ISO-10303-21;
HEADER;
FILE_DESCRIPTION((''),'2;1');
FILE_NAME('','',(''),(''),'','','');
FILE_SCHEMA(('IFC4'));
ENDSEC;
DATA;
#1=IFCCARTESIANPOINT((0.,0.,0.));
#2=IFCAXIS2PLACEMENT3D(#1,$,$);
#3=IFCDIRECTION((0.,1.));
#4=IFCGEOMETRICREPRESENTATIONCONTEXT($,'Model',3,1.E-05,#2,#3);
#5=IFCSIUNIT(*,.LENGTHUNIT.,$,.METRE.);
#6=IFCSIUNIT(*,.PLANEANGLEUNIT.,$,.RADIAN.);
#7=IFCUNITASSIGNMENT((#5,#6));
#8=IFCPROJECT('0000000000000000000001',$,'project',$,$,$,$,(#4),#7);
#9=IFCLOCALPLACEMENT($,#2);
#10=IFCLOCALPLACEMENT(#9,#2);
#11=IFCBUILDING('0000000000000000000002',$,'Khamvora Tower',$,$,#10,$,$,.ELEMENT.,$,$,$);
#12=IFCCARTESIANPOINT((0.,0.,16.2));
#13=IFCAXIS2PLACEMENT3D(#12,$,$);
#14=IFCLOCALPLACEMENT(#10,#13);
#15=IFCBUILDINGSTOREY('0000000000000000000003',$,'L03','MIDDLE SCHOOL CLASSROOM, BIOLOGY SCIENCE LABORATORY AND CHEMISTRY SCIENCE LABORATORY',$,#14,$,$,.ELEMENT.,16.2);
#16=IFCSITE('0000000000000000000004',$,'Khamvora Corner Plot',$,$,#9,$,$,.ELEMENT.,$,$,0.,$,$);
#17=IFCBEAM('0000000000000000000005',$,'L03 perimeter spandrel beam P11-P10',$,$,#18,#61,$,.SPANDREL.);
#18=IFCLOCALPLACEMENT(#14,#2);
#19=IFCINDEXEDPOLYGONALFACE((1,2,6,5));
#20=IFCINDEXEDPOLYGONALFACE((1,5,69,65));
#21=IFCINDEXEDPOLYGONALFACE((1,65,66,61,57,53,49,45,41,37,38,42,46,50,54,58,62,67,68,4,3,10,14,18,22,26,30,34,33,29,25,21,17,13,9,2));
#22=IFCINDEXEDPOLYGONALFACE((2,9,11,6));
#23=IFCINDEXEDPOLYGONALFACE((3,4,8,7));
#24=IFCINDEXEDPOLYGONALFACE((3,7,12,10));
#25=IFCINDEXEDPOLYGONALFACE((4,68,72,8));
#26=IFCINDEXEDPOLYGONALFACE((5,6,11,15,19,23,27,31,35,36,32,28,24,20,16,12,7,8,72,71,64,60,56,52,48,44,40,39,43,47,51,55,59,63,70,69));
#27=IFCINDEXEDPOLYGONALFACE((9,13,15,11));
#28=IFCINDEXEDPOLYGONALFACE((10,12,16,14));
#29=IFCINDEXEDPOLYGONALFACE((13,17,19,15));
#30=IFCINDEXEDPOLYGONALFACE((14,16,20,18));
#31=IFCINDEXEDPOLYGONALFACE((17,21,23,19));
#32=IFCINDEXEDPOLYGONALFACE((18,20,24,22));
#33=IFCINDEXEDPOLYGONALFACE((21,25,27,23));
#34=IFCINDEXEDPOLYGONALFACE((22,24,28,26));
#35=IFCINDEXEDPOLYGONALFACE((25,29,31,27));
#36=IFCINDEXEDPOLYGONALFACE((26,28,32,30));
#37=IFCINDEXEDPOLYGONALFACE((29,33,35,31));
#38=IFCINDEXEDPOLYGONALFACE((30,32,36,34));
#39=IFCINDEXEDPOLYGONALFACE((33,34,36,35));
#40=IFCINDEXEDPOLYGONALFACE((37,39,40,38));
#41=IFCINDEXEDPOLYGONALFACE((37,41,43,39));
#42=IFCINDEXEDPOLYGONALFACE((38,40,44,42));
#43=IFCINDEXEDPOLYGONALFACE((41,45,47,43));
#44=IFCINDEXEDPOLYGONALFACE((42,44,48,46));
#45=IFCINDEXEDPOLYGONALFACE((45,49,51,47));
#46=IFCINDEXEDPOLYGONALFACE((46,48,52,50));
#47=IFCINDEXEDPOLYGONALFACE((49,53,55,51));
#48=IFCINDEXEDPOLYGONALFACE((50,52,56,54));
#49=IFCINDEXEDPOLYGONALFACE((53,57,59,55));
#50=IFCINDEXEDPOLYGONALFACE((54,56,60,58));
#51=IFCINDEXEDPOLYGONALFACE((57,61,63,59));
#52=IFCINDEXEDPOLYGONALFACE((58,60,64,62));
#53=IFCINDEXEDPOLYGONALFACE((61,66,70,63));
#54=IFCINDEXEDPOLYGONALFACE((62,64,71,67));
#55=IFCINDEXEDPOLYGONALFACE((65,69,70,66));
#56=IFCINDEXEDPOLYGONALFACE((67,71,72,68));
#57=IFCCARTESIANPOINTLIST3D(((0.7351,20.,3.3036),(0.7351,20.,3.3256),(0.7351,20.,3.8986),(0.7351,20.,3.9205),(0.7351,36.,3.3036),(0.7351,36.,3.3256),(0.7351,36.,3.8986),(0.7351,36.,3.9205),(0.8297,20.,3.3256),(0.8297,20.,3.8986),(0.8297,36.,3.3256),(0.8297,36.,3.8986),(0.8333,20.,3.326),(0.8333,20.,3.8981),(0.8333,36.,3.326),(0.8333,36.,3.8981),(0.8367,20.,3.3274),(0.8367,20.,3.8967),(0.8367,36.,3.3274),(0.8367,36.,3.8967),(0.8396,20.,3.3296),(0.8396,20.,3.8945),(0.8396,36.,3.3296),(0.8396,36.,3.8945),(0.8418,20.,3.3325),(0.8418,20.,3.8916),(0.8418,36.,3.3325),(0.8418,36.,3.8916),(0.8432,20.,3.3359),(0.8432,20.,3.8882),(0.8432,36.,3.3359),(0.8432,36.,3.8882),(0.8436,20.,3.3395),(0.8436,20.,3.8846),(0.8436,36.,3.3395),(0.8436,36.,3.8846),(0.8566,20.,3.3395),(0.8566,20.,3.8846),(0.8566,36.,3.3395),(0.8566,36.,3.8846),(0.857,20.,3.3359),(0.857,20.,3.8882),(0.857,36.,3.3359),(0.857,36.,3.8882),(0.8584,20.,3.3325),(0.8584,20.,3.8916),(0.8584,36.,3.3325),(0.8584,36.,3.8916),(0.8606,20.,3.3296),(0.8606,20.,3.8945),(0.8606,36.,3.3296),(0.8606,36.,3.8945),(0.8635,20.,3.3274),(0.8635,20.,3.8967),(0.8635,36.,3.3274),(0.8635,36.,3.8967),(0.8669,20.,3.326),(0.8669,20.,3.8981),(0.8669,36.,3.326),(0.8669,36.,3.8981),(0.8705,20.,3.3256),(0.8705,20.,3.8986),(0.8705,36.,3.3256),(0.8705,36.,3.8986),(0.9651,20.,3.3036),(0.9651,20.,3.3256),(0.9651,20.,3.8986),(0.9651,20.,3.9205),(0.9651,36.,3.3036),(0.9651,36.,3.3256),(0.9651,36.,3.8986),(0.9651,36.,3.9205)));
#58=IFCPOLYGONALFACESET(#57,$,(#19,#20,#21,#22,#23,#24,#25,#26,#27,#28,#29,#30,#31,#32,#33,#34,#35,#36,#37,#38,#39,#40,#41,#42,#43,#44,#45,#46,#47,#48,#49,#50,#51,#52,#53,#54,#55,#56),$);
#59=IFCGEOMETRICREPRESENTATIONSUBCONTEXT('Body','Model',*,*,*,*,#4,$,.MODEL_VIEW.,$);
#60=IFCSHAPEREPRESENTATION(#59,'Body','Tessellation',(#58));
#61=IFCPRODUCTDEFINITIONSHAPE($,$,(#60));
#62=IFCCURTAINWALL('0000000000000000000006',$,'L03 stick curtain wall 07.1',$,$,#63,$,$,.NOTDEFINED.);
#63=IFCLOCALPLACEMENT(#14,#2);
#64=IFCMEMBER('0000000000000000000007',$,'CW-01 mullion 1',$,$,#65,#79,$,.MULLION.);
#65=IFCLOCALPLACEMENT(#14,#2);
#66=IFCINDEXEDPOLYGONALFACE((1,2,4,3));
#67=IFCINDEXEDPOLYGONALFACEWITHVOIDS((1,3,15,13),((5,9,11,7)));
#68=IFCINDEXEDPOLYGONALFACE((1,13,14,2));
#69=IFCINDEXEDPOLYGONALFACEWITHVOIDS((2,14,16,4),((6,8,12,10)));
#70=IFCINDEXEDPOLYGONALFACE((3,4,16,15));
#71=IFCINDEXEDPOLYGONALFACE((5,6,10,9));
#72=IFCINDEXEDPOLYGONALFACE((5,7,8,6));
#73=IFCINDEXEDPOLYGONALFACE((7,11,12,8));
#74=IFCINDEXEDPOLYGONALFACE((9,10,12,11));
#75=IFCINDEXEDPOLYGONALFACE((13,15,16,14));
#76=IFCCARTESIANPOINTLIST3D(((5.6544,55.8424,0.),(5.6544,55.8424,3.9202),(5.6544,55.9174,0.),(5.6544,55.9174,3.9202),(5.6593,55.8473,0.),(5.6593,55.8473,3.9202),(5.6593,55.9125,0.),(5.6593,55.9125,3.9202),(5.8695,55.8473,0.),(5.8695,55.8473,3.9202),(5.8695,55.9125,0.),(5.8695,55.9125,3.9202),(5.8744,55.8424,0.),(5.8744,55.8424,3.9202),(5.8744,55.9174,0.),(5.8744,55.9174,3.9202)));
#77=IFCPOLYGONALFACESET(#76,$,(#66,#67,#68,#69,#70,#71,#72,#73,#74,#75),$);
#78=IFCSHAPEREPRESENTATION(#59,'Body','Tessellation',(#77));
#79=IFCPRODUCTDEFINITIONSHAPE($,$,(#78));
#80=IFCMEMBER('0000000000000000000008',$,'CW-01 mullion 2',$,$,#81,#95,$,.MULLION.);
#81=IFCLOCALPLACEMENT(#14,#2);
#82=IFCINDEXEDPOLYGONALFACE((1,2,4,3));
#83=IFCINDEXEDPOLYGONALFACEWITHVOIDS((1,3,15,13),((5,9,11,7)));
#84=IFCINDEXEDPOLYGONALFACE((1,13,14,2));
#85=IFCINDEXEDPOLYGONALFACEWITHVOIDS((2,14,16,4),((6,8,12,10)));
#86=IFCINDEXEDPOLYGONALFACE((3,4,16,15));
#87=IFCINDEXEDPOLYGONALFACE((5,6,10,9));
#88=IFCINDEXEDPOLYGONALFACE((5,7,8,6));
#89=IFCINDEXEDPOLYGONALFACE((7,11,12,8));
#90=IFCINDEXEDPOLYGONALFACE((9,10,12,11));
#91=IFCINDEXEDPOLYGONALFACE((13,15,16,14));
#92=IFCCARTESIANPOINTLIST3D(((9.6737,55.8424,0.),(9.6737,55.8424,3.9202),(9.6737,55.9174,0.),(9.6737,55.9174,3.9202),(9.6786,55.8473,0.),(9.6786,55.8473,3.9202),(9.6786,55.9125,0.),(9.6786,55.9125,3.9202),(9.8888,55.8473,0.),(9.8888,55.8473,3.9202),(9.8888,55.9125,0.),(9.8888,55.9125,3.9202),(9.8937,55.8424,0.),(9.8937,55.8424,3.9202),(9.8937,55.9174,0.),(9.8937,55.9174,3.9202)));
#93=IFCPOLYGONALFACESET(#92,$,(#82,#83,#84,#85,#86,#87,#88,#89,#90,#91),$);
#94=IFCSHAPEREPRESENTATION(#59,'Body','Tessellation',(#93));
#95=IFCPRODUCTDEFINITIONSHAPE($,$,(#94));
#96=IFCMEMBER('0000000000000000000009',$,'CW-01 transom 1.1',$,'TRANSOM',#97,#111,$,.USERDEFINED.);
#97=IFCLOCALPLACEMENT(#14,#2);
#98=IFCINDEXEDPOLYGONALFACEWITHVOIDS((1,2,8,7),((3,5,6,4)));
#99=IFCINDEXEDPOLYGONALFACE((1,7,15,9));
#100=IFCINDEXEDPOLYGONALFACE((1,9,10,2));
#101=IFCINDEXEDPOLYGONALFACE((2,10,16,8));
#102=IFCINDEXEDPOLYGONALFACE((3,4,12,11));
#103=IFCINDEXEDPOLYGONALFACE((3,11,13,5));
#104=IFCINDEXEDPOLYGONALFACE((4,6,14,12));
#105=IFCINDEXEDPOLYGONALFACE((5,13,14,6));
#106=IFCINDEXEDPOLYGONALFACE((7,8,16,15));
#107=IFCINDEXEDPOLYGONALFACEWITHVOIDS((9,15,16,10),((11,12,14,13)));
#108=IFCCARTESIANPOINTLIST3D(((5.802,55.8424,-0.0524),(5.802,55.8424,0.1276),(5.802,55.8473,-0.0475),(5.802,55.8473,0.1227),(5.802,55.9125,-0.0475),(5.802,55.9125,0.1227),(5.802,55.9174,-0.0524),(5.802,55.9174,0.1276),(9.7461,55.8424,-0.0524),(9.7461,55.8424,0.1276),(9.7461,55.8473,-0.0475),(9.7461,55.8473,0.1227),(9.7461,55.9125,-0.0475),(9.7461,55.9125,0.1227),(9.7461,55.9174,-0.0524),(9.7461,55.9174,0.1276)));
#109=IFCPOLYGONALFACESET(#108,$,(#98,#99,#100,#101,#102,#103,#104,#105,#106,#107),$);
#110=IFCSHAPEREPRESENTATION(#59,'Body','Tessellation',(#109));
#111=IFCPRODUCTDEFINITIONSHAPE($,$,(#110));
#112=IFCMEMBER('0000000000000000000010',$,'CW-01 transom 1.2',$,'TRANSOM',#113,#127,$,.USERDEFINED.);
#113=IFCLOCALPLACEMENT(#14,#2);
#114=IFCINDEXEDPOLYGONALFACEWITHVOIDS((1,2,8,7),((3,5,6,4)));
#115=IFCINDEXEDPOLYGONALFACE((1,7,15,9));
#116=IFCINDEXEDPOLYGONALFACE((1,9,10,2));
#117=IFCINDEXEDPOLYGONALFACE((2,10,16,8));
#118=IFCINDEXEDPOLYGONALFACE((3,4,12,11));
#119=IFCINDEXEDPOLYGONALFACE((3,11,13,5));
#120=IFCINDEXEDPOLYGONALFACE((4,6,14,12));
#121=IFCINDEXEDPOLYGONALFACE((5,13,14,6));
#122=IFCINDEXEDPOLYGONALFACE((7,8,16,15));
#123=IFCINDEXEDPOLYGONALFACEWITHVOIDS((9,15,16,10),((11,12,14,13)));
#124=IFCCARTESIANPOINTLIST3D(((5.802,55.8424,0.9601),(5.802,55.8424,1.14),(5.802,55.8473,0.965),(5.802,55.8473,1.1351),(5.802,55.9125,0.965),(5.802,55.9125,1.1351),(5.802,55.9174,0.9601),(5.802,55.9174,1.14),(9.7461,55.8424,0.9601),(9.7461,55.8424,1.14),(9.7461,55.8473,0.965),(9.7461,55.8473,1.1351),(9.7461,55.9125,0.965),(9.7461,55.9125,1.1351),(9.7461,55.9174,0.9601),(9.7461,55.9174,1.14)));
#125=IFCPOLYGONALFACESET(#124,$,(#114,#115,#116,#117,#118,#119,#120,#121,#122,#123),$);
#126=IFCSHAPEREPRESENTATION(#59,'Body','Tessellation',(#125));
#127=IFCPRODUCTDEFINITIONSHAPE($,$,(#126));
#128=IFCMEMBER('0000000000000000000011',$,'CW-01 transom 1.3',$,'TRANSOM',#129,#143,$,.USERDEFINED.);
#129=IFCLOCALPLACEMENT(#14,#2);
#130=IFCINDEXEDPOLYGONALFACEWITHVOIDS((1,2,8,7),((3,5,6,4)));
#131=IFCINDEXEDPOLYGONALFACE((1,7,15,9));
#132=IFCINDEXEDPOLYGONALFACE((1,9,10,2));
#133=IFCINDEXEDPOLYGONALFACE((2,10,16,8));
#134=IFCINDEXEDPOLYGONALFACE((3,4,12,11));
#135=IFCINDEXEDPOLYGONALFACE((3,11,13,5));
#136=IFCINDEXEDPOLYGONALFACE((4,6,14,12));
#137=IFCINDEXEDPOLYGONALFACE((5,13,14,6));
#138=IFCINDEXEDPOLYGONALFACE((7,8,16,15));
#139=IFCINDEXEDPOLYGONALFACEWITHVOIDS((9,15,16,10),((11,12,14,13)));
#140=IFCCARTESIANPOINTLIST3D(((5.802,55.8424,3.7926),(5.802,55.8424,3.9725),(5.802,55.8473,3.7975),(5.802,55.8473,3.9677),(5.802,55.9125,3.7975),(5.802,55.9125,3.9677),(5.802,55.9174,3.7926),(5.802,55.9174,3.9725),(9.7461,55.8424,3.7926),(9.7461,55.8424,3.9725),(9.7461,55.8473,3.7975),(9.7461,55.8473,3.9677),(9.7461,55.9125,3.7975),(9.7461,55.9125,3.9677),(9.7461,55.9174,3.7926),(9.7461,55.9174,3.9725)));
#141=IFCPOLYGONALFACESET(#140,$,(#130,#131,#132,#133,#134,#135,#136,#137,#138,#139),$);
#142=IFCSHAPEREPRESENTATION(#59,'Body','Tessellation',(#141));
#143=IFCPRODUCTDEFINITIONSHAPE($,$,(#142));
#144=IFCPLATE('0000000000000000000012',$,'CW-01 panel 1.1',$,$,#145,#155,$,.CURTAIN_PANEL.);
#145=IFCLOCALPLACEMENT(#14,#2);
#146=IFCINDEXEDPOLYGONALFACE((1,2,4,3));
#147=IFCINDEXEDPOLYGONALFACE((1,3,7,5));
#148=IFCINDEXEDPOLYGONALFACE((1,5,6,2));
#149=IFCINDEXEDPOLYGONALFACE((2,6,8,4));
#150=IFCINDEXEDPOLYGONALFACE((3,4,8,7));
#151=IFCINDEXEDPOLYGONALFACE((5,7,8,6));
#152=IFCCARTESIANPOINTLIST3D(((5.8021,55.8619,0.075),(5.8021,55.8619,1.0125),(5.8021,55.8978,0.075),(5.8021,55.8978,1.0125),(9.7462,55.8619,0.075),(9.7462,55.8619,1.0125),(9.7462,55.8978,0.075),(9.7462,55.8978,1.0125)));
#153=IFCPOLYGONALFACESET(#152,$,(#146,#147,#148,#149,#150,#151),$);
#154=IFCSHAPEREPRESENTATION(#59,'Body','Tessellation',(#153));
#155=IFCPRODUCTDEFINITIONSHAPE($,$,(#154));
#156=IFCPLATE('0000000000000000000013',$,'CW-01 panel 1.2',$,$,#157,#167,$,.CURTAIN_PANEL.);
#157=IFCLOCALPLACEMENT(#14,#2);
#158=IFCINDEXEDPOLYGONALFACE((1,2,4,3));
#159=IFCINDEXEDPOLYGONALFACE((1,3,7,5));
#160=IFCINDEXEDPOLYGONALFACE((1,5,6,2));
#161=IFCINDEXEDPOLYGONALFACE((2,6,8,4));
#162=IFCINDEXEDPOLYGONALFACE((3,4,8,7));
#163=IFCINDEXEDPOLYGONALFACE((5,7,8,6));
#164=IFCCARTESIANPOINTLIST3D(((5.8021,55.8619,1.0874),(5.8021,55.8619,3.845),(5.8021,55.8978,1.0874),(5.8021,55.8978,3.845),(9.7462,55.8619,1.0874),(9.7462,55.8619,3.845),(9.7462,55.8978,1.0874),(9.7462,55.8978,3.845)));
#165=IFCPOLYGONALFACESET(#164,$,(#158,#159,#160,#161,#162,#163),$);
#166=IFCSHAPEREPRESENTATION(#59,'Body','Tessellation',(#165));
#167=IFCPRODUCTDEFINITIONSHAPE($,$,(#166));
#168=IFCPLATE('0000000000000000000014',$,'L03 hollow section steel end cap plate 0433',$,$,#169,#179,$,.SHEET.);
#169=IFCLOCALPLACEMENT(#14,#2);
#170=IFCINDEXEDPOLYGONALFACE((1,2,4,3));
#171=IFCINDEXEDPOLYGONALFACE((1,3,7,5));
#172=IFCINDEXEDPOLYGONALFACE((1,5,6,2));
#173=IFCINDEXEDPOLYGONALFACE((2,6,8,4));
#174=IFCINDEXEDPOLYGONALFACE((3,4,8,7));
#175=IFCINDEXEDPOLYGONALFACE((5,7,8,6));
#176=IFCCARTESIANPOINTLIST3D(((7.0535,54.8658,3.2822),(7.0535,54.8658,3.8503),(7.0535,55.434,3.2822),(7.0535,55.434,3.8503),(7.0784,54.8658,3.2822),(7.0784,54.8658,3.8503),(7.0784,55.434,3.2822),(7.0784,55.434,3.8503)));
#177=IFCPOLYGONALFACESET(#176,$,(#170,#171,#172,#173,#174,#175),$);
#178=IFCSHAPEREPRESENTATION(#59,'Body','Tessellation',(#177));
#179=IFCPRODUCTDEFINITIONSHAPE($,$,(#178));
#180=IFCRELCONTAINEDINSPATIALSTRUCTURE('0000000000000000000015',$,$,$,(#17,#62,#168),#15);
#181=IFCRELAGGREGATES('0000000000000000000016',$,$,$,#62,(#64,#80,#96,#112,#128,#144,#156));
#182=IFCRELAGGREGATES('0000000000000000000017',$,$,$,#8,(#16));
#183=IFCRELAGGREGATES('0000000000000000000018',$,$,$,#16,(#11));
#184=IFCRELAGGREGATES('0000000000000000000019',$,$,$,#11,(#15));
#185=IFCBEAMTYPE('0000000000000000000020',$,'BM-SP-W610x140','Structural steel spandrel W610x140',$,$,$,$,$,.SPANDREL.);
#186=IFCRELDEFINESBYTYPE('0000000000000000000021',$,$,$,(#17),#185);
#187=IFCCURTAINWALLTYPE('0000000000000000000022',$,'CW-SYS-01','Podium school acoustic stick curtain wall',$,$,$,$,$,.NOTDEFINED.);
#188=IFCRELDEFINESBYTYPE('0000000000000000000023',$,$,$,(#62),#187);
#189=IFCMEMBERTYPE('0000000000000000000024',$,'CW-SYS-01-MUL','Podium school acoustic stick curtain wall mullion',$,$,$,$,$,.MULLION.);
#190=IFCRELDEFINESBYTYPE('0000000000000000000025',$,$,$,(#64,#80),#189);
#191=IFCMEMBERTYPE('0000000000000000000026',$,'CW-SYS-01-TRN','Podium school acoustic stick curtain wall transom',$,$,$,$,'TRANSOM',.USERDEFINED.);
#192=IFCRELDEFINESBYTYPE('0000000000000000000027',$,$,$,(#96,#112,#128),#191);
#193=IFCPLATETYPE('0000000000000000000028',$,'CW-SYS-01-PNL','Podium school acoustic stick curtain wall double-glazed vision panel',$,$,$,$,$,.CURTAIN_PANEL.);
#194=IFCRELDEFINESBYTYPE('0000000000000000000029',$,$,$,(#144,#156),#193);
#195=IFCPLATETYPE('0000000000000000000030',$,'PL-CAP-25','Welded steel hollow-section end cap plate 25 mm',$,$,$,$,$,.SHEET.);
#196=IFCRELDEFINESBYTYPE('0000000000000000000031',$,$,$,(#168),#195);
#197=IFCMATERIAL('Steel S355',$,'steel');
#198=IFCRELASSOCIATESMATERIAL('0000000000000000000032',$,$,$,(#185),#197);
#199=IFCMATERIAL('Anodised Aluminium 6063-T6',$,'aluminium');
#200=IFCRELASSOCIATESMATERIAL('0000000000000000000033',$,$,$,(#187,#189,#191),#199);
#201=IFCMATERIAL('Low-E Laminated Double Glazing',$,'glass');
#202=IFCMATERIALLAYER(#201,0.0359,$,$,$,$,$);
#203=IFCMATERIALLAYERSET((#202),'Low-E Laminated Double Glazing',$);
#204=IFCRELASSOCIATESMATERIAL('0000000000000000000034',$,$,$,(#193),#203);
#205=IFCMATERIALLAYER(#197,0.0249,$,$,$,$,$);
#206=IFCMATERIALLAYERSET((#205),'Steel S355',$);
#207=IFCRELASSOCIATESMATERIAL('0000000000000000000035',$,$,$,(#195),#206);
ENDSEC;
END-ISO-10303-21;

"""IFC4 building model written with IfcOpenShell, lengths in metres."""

from ifc_helpers import new_model, si_unit, direction, frame, origin, origin_2d, place, context, subcontext, project, spatial, rectangle, hollow_rectangle, i_section, extrude, material, layer, layer_set, material_profile, profile_set, type_object, element, aggregate, save


model = new_model("IFC4")

# Units and contexts
model_context = context("Model", 3, precision=1e-05, world=origin(), true_north=direction((0.0, 1.0)))
body_context = subcontext(model_context, "Body", "Model", "MODEL_VIEW")
ifc_project = project(units=[si_unit("LENGTHUNIT", "METRE"), si_unit("PLANEANGLEUNIT", "RADIAN")], contexts=[model_context])

# Site, building, storey
site_placement = place(None, origin())
site = spatial("IfcSite", under=ifc_project, at=site_placement, Name="Khamvora Corner Plot", CompositionType="ELEMENT", RefElevation=0.0)
building_placement = place(site_placement, origin())
building = spatial("IfcBuilding", under=site, at=building_placement, Name="Khamvora Tower", CompositionType="ELEMENT")
storey_placement = place(building_placement, frame((0.0, 0.0, 16.2)))
storey = spatial("IfcBuildingStorey", under=building, at=storey_placement, Name="L03", Description="MIDDLE SCHOOL CLASSROOM, BIOLOGY SCIENCE LABORATORY AND CHEMISTRY SCIENCE LABORATORY", CompositionType="ELEMENT", Elevation=16.2)

# Beam
ifc_material_1 = material(Name="Steel S355", Category="steel")
ifc_material_profile_1 = material_profile(ifc_material_1, i_section(OverallWidth=0.23, OverallDepth=0.6169, WebThickness=0.0129, FlangeThickness=0.022, FilletRadius=0.0139, at=origin_2d()), Name="W610x140")
ifc_profile_set_1 = profile_set([ifc_material_profile_1], Name="Steel S355")
beam_type_1 = type_object("IfcBeamType", Name="BM-SP-W610x140", Description="Structural steel spandrel W610x140", PredefinedType="SPANDREL", material=ifc_profile_set_1)
beam_1_placement = place(storey_placement, frame((0.8501, 36.0, 3.6121), z_axis=(0.0, -1.0, 0.0), x_axis=(1.0, 0.0, 0.0)))
element("IfcBeam", 1, at=beam_1_placement, inside=storey, type_object=beam_type_1, Name="L03 perimeter spandrel beam P11-P10", PredefinedType="SPANDREL", context=body_context, shape_type="SweptSolid", body=[
    extrude(i_section(OverallWidth=0.23, OverallDepth=0.6169, WebThickness=0.0129, FlangeThickness=0.022, FilletRadius=0.0139, at=origin_2d()), origin(), (0.0, 0.0, 1.0), 16.0),
])

# Curtain wall, members, plates
ifc_material_2 = material(Name="Anodised Aluminium 6063-T6", Category="aluminium")
curtain_wall_type = type_object("IfcCurtainWallType", Name="CW-SYS-01", Description="Podium school acoustic stick curtain wall", PredefinedType="NOTDEFINED", material=ifc_material_2)
curtain_wall_placement = place(storey_placement, origin())
curtain_wall = element("IfcCurtainWall", 2, at=curtain_wall_placement, inside=storey, type_object=curtain_wall_type, Name="L03 stick curtain wall 07.1", PredefinedType="NOTDEFINED")
ifc_material_profile_2 = material_profile(ifc_material_2, hollow_rectangle(XDim=0.075, YDim=0.22, WallThickness=0.0049, at=origin_2d()), Name="MUL75x220x5")
ifc_profile_set_2 = profile_set([ifc_material_profile_2], Name="Anodised Aluminium 6063-T6")
member_type_1 = type_object("IfcMemberType", Name="CW-SYS-01-MUL", Description="Podium school acoustic stick curtain wall mullion", PredefinedType="MULLION", material=ifc_profile_set_2)
member_1_placement = place(storey_placement, frame((5.7644, 55.8799, 0.0), z_axis=(0.0, 0.0, 1.0), x_axis=(0.0, 1.0, 0.0)))
member_1 = element("IfcMember", 3, at=member_1_placement, type_object=member_type_1, Name="CW-01 mullion 1", PredefinedType="MULLION", context=body_context, shape_type="SweptSolid", body=[
    extrude(hollow_rectangle(XDim=0.075, YDim=0.22, WallThickness=0.0049, at=origin_2d()), origin(), (0.0, 0.0, 1.0), 3.9202),
])
member_2_placement = place(storey_placement, frame((9.7837, 55.8799, 0.0), z_axis=(0.0, 0.0, 1.0), x_axis=(0.0, 1.0, 0.0)))
member_2 = element("IfcMember", 4, at=member_2_placement, type_object=member_type_1, Name="CW-01 mullion 2", PredefinedType="MULLION", context=body_context, shape_type="SweptSolid", body=[
    extrude(hollow_rectangle(XDim=0.075, YDim=0.22, WallThickness=0.0049, at=origin_2d()), origin(), (0.0, 0.0, 1.0), 3.9202),
])
ifc_material_profile_3 = material_profile(ifc_material_2, hollow_rectangle(XDim=0.075, YDim=0.1799, WallThickness=0.0049, at=origin_2d()), Name="TRN75x180x5")
ifc_profile_set_3 = profile_set([ifc_material_profile_3], Name="Anodised Aluminium 6063-T6")
member_type_2 = type_object("IfcMemberType", Name="CW-SYS-01-TRN", Description="Podium school acoustic stick curtain wall transom", ElementType="TRANSOM", PredefinedType="USERDEFINED", material=ifc_profile_set_3)
member_3_placement = place(storey_placement, frame((5.802, 55.8799, 0.0376), z_axis=(1.0, 0.0, 0.0), x_axis=(0.0, 1.0, 0.0)))
member_3 = element("IfcMember", 5, at=member_3_placement, type_object=member_type_2, Name="CW-01 transom 1.1", ObjectType="TRANSOM", PredefinedType="USERDEFINED", context=body_context, shape_type="SweptSolid", body=[
    extrude(hollow_rectangle(XDim=0.075, YDim=0.1799, WallThickness=0.0049, at=origin_2d()), origin(), (0.0, 0.0, 1.0), 3.9441),
])
member_4_placement = place(storey_placement, frame((5.802, 55.8799, 1.05), z_axis=(1.0, 0.0, 0.0), x_axis=(0.0, 1.0, 0.0)))
member_4 = element("IfcMember", 6, at=member_4_placement, type_object=member_type_2, Name="CW-01 transom 1.2", ObjectType="TRANSOM", PredefinedType="USERDEFINED", context=body_context, shape_type="SweptSolid", body=[
    extrude(hollow_rectangle(XDim=0.075, YDim=0.1799, WallThickness=0.0049, at=origin_2d()), origin(), (0.0, 0.0, 1.0), 3.9441),
])
member_5_placement = place(storey_placement, frame((5.802, 55.8799, 3.8826), z_axis=(1.0, 0.0, 0.0), x_axis=(0.0, 1.0, 0.0)))
member_5 = element("IfcMember", 7, at=member_5_placement, type_object=member_type_2, Name="CW-01 transom 1.3", ObjectType="TRANSOM", PredefinedType="USERDEFINED", context=body_context, shape_type="SweptSolid", body=[
    extrude(hollow_rectangle(XDim=0.075, YDim=0.1799, WallThickness=0.0049, at=origin_2d()), origin(), (0.0, 0.0, 1.0), 3.9441),
])
ifc_material_3 = material(Name="Low-E Laminated Double Glazing", Category="glass")
ifc_layer_1 = layer(ifc_material_3, 0.0359)
ifc_layer_set_1 = layer_set([ifc_layer_1], Name="Low-E Laminated Double Glazing")
plate_type_1 = type_object("IfcPlateType", Name="CW-SYS-01-PNL", Description="Podium school acoustic stick curtain wall double-glazed vision panel", PredefinedType="CURTAIN_PANEL", material=ifc_layer_set_1)
plate_1_placement = place(storey_placement, frame((7.7742, 55.8799, 0.075), z_axis=(0.0, 0.0, 1.0), x_axis=(1.0, 0.0, 0.0)))
plate_1 = element("IfcPlate", 8, at=plate_1_placement, type_object=plate_type_1, Name="CW-01 panel 1.1", PredefinedType="CURTAIN_PANEL", context=body_context, shape_type="SweptSolid", body=[
    extrude(rectangle(XDim=3.9441, YDim=0.0359, at=origin_2d()), origin(), (0.0, 0.0, 1.0), 0.9375),
])
plate_2_placement = place(storey_placement, frame((7.7742, 55.8799, 1.0874), z_axis=(0.0, 0.0, 1.0), x_axis=(1.0, 0.0, 0.0)))
plate_2 = element("IfcPlate", 9, at=plate_2_placement, type_object=plate_type_1, Name="CW-01 panel 1.2", PredefinedType="CURTAIN_PANEL", context=body_context, shape_type="SweptSolid", body=[
    extrude(rectangle(XDim=3.9441, YDim=0.0359, at=origin_2d()), origin(), (0.0, 0.0, 1.0), 2.7576),
])
aggregate(curtain_wall, [member_1, member_2, member_3, member_4, member_5, plate_1, plate_2])

# Plate
ifc_layer_2 = layer(ifc_material_1, 0.0249)
ifc_layer_set_2 = layer_set([ifc_layer_2], Name="Steel S355")
plate_type_2 = type_object("IfcPlateType", Name="PL-CAP-25", Description="Welded steel hollow-section end cap plate 25 mm", PredefinedType="SHEET", material=ifc_layer_set_2)
plate_3_placement = place(storey_placement, frame((7.0659, 55.1499, 3.2822), z_axis=(0.0, 0.0, 1.0), x_axis=(-1.0, 0.0, 0.0)))
element("IfcPlate", 10, at=plate_3_placement, inside=storey, type_object=plate_type_2, Name="L03 hollow section steel end cap plate 0433", PredefinedType="SHEET", context=body_context, shape_type="SweptSolid", body=[
    extrude(rectangle(XDim=0.0249, YDim=0.5681, at=origin_2d()), origin(), (0.0, 0.0, 1.0), 0.5681),
])

save(model, "model.ifc")
